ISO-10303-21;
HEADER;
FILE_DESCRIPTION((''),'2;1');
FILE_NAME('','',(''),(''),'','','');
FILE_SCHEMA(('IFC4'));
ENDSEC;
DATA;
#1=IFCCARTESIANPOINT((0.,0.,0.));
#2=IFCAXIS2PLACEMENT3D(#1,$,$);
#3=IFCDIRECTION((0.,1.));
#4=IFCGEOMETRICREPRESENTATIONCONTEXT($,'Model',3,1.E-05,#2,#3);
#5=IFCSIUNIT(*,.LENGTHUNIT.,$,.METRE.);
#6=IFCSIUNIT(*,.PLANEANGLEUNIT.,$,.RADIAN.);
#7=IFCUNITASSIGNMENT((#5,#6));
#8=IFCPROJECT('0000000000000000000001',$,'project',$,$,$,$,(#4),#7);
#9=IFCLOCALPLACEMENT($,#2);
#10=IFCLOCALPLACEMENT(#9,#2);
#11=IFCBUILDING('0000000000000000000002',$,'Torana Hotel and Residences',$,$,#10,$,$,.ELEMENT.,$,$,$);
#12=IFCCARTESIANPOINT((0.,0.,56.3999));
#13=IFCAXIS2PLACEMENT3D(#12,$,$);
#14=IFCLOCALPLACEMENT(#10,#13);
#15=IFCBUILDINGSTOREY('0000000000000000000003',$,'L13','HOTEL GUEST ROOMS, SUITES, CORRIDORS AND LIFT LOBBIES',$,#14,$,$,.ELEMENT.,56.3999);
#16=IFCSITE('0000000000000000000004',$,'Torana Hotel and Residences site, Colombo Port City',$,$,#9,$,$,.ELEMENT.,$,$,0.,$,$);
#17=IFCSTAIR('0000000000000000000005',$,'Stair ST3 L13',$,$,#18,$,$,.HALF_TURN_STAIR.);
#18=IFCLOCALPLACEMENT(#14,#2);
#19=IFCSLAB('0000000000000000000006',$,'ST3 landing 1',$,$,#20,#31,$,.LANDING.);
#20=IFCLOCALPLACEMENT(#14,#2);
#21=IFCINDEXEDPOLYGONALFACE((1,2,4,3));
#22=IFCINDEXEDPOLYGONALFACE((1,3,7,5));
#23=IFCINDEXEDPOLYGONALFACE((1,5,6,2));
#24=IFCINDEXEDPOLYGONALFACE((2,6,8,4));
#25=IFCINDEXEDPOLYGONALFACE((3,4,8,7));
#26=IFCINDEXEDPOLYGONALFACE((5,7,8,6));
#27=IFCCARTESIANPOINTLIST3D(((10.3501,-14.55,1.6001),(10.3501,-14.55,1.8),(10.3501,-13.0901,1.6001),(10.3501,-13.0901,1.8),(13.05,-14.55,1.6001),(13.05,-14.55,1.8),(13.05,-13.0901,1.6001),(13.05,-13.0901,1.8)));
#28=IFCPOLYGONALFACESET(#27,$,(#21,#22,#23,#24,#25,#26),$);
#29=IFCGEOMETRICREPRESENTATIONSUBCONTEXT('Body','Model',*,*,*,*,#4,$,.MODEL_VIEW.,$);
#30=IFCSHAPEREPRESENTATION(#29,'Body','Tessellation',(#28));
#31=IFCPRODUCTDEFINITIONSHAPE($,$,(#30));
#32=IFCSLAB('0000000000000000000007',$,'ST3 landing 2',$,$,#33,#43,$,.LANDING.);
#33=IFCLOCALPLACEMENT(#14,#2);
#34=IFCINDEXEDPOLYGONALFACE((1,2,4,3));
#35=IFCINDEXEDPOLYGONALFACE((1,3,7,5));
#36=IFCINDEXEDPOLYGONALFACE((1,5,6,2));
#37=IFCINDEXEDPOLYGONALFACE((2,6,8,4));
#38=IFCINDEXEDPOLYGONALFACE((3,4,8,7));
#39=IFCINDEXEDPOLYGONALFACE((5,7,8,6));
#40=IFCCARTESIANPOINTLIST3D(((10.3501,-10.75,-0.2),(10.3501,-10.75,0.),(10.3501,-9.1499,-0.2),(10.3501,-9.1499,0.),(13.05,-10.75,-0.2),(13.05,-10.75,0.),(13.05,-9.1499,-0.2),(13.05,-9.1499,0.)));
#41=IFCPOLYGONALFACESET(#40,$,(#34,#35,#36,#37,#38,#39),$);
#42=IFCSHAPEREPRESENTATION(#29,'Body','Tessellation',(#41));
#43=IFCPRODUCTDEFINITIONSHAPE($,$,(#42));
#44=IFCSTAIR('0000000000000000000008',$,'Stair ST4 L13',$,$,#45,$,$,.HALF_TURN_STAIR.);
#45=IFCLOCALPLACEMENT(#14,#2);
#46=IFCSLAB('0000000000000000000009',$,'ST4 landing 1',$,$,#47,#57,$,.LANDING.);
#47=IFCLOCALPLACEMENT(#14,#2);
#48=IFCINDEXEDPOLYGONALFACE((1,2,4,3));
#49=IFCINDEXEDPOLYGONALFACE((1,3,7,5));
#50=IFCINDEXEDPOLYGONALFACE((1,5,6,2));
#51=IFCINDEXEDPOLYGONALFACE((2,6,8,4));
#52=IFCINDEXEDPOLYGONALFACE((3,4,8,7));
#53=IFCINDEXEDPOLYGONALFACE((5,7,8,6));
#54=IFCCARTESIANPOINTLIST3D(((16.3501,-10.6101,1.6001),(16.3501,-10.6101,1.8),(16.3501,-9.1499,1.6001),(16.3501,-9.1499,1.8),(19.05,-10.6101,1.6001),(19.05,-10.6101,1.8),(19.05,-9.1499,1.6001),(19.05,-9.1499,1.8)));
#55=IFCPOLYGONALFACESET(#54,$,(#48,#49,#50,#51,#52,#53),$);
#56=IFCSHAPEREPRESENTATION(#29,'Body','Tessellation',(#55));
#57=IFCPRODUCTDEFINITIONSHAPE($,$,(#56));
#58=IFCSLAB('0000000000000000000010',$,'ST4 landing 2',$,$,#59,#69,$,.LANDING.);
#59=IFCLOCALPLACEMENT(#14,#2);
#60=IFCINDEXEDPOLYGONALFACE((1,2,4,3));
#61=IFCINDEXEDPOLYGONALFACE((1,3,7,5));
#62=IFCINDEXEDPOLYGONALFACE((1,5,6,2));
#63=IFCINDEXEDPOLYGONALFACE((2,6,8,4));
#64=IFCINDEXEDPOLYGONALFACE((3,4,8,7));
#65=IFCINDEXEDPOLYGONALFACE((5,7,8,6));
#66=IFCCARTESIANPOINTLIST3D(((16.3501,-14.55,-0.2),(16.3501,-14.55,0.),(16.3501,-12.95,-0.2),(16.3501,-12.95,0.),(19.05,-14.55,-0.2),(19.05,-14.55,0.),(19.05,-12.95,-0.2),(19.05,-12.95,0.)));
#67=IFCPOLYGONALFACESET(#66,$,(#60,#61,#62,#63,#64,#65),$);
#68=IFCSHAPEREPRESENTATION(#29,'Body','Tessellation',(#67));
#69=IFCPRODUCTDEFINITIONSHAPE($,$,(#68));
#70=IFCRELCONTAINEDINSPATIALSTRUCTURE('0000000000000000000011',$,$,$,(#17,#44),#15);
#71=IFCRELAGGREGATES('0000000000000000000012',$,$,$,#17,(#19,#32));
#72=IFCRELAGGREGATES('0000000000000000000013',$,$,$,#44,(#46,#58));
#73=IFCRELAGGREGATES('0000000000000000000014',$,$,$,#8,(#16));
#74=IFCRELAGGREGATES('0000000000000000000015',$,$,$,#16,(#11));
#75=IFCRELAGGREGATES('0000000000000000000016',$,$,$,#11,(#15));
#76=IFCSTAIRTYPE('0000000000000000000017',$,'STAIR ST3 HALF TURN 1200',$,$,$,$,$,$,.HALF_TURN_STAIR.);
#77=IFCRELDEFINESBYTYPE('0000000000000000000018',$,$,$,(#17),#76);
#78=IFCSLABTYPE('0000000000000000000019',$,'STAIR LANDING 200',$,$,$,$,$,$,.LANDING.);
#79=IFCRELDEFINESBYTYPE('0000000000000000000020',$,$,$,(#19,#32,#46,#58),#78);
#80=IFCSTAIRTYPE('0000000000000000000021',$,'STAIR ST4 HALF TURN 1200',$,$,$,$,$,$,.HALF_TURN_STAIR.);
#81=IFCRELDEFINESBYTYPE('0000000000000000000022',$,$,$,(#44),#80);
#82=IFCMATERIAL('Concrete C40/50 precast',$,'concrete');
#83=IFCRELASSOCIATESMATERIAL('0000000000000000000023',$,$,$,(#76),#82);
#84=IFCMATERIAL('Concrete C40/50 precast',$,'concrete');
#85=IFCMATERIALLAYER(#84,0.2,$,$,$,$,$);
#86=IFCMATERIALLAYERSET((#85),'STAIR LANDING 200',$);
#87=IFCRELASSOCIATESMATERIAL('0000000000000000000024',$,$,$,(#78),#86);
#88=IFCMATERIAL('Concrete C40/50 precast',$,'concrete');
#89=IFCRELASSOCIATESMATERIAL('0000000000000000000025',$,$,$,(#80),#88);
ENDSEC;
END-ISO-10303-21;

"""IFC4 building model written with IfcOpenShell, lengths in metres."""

from ifc_helpers import new_model, si_unit, direction, frame, origin, place, context, subcontext, project, spatial, polyline, outline, extrude, material, layer, layer_set, type_object, element, aggregate, save


model = new_model("IFC4")

# Units and contexts
model_context = context("Model", 3, precision=1e-05, world=origin(), true_north=direction((0.0, 1.0)))
body_context = subcontext(model_context, "Body", "Model", "MODEL_VIEW")
ifc_project = project(units=[si_unit("LENGTHUNIT", "METRE"), si_unit("PLANEANGLEUNIT", "RADIAN")], contexts=[model_context])

# Site, building, storey
site_placement = place(None, origin())
site = spatial("IfcSite", under=ifc_project, at=site_placement, Name="Torana Hotel and Residences site, Colombo Port City", CompositionType="ELEMENT", RefElevation=0.0)
building_placement = place(site_placement, origin())
building = spatial("IfcBuilding", under=site, at=building_placement, Name="Torana Hotel and Residences", CompositionType="ELEMENT")
storey_placement = place(building_placement, frame((0.0, 0.0, 56.3999)))
storey = spatial("IfcBuildingStorey", under=building, at=storey_placement, Name="L13", Description="HOTEL GUEST ROOMS, SUITES, CORRIDORS AND LIFT LOBBIES", CompositionType="ELEMENT", Elevation=56.3999)

# Stairs, slabs
ifc_material_1 = material(Name="Concrete C40/50 precast", Category="concrete")
stair_type_1 = type_object("IfcStairType", Name="STAIR ST3 HALF TURN 1200", PredefinedType="HALF_TURN_STAIR", material=ifc_material_1)
stair_1_placement = place(storey_placement, origin())
stair_1 = element("IfcStair", 1, at=stair_1_placement, inside=storey, type_object=stair_type_1, Name="Stair ST3 L13", PredefinedType="HALF_TURN_STAIR")
ifc_material_2 = material(Name="Concrete C40/50 precast", Category="concrete")
ifc_layer_1 = layer(ifc_material_2, 0.2)
ifc_layer_set_1 = layer_set([ifc_layer_1], Name="STAIR LANDING 200")
slab_type = type_object("IfcSlabType", Name="STAIR LANDING 200", PredefinedType="LANDING", material=ifc_layer_set_1)
slab_1_placement = place(storey_placement, frame((0.0, 0.0, 1.6001)))
slab_1 = element("IfcSlab", 2, at=slab_1_placement, type_object=slab_type, Name="ST3 landing 1", PredefinedType="LANDING", context=body_context, shape_type="SweptSolid", body=[
    extrude(outline(polyline([(10.3501, -14.55), (13.05, -14.55), (13.05, -13.0901), (10.3501, -13.0901), (10.3501, -14.55)])), origin(), (0.0, 0.0, 1.0), 0.2),
])
slab_2_placement = place(storey_placement, frame((0.0, 0.0, -0.2)))
slab_2 = element("IfcSlab", 3, at=slab_2_placement, type_object=slab_type, Name="ST3 landing 2", PredefinedType="LANDING", context=body_context, shape_type="SweptSolid", body=[
    extrude(outline(polyline([(10.3501, -10.75), (13.05, -10.75), (13.05, -9.1499), (10.3501, -9.1499), (10.3501, -10.75)])), origin(), (0.0, 0.0, 1.0), 0.2),
])
aggregate(stair_1, [slab_1, slab_2])
ifc_material_3 = material(Name="Concrete C40/50 precast", Category="concrete")
stair_type_2 = type_object("IfcStairType", Name="STAIR ST4 HALF TURN 1200", PredefinedType="HALF_TURN_STAIR", material=ifc_material_3)
stair_2_placement = place(storey_placement, origin())
stair_2 = element("IfcStair", 4, at=stair_2_placement, inside=storey, type_object=stair_type_2, Name="Stair ST4 L13", PredefinedType="HALF_TURN_STAIR")
slab_3_placement = place(storey_placement, frame((0.0, 0.0, 1.6001)))
slab_3 = element("IfcSlab", 5, at=slab_3_placement, type_object=slab_type, Name="ST4 landing 1", PredefinedType="LANDING", context=body_context, shape_type="SweptSolid", body=[
    extrude(outline(polyline([(16.3501, -10.6101), (19.05, -10.6101), (19.05, -9.1499), (16.3501, -9.1499), (16.3501, -10.6101)])), origin(), (0.0, 0.0, 1.0), 0.2),
])
slab_4_placement = place(storey_placement, frame((0.0, 0.0, -0.2)))
slab_4 = element("IfcSlab", 6, at=slab_4_placement, type_object=slab_type, Name="ST4 landing 2", PredefinedType="LANDING", context=body_context, shape_type="SweptSolid", body=[
    extrude(outline(polyline([(16.3501, -14.55), (19.05, -14.55), (19.05, -12.95), (16.3501, -12.95), (16.3501, -14.55)])), origin(), (0.0, 0.0, 1.0), 0.2),
])
aggregate(stair_2, [slab_3, slab_4])

save(model, "model.ifc")
